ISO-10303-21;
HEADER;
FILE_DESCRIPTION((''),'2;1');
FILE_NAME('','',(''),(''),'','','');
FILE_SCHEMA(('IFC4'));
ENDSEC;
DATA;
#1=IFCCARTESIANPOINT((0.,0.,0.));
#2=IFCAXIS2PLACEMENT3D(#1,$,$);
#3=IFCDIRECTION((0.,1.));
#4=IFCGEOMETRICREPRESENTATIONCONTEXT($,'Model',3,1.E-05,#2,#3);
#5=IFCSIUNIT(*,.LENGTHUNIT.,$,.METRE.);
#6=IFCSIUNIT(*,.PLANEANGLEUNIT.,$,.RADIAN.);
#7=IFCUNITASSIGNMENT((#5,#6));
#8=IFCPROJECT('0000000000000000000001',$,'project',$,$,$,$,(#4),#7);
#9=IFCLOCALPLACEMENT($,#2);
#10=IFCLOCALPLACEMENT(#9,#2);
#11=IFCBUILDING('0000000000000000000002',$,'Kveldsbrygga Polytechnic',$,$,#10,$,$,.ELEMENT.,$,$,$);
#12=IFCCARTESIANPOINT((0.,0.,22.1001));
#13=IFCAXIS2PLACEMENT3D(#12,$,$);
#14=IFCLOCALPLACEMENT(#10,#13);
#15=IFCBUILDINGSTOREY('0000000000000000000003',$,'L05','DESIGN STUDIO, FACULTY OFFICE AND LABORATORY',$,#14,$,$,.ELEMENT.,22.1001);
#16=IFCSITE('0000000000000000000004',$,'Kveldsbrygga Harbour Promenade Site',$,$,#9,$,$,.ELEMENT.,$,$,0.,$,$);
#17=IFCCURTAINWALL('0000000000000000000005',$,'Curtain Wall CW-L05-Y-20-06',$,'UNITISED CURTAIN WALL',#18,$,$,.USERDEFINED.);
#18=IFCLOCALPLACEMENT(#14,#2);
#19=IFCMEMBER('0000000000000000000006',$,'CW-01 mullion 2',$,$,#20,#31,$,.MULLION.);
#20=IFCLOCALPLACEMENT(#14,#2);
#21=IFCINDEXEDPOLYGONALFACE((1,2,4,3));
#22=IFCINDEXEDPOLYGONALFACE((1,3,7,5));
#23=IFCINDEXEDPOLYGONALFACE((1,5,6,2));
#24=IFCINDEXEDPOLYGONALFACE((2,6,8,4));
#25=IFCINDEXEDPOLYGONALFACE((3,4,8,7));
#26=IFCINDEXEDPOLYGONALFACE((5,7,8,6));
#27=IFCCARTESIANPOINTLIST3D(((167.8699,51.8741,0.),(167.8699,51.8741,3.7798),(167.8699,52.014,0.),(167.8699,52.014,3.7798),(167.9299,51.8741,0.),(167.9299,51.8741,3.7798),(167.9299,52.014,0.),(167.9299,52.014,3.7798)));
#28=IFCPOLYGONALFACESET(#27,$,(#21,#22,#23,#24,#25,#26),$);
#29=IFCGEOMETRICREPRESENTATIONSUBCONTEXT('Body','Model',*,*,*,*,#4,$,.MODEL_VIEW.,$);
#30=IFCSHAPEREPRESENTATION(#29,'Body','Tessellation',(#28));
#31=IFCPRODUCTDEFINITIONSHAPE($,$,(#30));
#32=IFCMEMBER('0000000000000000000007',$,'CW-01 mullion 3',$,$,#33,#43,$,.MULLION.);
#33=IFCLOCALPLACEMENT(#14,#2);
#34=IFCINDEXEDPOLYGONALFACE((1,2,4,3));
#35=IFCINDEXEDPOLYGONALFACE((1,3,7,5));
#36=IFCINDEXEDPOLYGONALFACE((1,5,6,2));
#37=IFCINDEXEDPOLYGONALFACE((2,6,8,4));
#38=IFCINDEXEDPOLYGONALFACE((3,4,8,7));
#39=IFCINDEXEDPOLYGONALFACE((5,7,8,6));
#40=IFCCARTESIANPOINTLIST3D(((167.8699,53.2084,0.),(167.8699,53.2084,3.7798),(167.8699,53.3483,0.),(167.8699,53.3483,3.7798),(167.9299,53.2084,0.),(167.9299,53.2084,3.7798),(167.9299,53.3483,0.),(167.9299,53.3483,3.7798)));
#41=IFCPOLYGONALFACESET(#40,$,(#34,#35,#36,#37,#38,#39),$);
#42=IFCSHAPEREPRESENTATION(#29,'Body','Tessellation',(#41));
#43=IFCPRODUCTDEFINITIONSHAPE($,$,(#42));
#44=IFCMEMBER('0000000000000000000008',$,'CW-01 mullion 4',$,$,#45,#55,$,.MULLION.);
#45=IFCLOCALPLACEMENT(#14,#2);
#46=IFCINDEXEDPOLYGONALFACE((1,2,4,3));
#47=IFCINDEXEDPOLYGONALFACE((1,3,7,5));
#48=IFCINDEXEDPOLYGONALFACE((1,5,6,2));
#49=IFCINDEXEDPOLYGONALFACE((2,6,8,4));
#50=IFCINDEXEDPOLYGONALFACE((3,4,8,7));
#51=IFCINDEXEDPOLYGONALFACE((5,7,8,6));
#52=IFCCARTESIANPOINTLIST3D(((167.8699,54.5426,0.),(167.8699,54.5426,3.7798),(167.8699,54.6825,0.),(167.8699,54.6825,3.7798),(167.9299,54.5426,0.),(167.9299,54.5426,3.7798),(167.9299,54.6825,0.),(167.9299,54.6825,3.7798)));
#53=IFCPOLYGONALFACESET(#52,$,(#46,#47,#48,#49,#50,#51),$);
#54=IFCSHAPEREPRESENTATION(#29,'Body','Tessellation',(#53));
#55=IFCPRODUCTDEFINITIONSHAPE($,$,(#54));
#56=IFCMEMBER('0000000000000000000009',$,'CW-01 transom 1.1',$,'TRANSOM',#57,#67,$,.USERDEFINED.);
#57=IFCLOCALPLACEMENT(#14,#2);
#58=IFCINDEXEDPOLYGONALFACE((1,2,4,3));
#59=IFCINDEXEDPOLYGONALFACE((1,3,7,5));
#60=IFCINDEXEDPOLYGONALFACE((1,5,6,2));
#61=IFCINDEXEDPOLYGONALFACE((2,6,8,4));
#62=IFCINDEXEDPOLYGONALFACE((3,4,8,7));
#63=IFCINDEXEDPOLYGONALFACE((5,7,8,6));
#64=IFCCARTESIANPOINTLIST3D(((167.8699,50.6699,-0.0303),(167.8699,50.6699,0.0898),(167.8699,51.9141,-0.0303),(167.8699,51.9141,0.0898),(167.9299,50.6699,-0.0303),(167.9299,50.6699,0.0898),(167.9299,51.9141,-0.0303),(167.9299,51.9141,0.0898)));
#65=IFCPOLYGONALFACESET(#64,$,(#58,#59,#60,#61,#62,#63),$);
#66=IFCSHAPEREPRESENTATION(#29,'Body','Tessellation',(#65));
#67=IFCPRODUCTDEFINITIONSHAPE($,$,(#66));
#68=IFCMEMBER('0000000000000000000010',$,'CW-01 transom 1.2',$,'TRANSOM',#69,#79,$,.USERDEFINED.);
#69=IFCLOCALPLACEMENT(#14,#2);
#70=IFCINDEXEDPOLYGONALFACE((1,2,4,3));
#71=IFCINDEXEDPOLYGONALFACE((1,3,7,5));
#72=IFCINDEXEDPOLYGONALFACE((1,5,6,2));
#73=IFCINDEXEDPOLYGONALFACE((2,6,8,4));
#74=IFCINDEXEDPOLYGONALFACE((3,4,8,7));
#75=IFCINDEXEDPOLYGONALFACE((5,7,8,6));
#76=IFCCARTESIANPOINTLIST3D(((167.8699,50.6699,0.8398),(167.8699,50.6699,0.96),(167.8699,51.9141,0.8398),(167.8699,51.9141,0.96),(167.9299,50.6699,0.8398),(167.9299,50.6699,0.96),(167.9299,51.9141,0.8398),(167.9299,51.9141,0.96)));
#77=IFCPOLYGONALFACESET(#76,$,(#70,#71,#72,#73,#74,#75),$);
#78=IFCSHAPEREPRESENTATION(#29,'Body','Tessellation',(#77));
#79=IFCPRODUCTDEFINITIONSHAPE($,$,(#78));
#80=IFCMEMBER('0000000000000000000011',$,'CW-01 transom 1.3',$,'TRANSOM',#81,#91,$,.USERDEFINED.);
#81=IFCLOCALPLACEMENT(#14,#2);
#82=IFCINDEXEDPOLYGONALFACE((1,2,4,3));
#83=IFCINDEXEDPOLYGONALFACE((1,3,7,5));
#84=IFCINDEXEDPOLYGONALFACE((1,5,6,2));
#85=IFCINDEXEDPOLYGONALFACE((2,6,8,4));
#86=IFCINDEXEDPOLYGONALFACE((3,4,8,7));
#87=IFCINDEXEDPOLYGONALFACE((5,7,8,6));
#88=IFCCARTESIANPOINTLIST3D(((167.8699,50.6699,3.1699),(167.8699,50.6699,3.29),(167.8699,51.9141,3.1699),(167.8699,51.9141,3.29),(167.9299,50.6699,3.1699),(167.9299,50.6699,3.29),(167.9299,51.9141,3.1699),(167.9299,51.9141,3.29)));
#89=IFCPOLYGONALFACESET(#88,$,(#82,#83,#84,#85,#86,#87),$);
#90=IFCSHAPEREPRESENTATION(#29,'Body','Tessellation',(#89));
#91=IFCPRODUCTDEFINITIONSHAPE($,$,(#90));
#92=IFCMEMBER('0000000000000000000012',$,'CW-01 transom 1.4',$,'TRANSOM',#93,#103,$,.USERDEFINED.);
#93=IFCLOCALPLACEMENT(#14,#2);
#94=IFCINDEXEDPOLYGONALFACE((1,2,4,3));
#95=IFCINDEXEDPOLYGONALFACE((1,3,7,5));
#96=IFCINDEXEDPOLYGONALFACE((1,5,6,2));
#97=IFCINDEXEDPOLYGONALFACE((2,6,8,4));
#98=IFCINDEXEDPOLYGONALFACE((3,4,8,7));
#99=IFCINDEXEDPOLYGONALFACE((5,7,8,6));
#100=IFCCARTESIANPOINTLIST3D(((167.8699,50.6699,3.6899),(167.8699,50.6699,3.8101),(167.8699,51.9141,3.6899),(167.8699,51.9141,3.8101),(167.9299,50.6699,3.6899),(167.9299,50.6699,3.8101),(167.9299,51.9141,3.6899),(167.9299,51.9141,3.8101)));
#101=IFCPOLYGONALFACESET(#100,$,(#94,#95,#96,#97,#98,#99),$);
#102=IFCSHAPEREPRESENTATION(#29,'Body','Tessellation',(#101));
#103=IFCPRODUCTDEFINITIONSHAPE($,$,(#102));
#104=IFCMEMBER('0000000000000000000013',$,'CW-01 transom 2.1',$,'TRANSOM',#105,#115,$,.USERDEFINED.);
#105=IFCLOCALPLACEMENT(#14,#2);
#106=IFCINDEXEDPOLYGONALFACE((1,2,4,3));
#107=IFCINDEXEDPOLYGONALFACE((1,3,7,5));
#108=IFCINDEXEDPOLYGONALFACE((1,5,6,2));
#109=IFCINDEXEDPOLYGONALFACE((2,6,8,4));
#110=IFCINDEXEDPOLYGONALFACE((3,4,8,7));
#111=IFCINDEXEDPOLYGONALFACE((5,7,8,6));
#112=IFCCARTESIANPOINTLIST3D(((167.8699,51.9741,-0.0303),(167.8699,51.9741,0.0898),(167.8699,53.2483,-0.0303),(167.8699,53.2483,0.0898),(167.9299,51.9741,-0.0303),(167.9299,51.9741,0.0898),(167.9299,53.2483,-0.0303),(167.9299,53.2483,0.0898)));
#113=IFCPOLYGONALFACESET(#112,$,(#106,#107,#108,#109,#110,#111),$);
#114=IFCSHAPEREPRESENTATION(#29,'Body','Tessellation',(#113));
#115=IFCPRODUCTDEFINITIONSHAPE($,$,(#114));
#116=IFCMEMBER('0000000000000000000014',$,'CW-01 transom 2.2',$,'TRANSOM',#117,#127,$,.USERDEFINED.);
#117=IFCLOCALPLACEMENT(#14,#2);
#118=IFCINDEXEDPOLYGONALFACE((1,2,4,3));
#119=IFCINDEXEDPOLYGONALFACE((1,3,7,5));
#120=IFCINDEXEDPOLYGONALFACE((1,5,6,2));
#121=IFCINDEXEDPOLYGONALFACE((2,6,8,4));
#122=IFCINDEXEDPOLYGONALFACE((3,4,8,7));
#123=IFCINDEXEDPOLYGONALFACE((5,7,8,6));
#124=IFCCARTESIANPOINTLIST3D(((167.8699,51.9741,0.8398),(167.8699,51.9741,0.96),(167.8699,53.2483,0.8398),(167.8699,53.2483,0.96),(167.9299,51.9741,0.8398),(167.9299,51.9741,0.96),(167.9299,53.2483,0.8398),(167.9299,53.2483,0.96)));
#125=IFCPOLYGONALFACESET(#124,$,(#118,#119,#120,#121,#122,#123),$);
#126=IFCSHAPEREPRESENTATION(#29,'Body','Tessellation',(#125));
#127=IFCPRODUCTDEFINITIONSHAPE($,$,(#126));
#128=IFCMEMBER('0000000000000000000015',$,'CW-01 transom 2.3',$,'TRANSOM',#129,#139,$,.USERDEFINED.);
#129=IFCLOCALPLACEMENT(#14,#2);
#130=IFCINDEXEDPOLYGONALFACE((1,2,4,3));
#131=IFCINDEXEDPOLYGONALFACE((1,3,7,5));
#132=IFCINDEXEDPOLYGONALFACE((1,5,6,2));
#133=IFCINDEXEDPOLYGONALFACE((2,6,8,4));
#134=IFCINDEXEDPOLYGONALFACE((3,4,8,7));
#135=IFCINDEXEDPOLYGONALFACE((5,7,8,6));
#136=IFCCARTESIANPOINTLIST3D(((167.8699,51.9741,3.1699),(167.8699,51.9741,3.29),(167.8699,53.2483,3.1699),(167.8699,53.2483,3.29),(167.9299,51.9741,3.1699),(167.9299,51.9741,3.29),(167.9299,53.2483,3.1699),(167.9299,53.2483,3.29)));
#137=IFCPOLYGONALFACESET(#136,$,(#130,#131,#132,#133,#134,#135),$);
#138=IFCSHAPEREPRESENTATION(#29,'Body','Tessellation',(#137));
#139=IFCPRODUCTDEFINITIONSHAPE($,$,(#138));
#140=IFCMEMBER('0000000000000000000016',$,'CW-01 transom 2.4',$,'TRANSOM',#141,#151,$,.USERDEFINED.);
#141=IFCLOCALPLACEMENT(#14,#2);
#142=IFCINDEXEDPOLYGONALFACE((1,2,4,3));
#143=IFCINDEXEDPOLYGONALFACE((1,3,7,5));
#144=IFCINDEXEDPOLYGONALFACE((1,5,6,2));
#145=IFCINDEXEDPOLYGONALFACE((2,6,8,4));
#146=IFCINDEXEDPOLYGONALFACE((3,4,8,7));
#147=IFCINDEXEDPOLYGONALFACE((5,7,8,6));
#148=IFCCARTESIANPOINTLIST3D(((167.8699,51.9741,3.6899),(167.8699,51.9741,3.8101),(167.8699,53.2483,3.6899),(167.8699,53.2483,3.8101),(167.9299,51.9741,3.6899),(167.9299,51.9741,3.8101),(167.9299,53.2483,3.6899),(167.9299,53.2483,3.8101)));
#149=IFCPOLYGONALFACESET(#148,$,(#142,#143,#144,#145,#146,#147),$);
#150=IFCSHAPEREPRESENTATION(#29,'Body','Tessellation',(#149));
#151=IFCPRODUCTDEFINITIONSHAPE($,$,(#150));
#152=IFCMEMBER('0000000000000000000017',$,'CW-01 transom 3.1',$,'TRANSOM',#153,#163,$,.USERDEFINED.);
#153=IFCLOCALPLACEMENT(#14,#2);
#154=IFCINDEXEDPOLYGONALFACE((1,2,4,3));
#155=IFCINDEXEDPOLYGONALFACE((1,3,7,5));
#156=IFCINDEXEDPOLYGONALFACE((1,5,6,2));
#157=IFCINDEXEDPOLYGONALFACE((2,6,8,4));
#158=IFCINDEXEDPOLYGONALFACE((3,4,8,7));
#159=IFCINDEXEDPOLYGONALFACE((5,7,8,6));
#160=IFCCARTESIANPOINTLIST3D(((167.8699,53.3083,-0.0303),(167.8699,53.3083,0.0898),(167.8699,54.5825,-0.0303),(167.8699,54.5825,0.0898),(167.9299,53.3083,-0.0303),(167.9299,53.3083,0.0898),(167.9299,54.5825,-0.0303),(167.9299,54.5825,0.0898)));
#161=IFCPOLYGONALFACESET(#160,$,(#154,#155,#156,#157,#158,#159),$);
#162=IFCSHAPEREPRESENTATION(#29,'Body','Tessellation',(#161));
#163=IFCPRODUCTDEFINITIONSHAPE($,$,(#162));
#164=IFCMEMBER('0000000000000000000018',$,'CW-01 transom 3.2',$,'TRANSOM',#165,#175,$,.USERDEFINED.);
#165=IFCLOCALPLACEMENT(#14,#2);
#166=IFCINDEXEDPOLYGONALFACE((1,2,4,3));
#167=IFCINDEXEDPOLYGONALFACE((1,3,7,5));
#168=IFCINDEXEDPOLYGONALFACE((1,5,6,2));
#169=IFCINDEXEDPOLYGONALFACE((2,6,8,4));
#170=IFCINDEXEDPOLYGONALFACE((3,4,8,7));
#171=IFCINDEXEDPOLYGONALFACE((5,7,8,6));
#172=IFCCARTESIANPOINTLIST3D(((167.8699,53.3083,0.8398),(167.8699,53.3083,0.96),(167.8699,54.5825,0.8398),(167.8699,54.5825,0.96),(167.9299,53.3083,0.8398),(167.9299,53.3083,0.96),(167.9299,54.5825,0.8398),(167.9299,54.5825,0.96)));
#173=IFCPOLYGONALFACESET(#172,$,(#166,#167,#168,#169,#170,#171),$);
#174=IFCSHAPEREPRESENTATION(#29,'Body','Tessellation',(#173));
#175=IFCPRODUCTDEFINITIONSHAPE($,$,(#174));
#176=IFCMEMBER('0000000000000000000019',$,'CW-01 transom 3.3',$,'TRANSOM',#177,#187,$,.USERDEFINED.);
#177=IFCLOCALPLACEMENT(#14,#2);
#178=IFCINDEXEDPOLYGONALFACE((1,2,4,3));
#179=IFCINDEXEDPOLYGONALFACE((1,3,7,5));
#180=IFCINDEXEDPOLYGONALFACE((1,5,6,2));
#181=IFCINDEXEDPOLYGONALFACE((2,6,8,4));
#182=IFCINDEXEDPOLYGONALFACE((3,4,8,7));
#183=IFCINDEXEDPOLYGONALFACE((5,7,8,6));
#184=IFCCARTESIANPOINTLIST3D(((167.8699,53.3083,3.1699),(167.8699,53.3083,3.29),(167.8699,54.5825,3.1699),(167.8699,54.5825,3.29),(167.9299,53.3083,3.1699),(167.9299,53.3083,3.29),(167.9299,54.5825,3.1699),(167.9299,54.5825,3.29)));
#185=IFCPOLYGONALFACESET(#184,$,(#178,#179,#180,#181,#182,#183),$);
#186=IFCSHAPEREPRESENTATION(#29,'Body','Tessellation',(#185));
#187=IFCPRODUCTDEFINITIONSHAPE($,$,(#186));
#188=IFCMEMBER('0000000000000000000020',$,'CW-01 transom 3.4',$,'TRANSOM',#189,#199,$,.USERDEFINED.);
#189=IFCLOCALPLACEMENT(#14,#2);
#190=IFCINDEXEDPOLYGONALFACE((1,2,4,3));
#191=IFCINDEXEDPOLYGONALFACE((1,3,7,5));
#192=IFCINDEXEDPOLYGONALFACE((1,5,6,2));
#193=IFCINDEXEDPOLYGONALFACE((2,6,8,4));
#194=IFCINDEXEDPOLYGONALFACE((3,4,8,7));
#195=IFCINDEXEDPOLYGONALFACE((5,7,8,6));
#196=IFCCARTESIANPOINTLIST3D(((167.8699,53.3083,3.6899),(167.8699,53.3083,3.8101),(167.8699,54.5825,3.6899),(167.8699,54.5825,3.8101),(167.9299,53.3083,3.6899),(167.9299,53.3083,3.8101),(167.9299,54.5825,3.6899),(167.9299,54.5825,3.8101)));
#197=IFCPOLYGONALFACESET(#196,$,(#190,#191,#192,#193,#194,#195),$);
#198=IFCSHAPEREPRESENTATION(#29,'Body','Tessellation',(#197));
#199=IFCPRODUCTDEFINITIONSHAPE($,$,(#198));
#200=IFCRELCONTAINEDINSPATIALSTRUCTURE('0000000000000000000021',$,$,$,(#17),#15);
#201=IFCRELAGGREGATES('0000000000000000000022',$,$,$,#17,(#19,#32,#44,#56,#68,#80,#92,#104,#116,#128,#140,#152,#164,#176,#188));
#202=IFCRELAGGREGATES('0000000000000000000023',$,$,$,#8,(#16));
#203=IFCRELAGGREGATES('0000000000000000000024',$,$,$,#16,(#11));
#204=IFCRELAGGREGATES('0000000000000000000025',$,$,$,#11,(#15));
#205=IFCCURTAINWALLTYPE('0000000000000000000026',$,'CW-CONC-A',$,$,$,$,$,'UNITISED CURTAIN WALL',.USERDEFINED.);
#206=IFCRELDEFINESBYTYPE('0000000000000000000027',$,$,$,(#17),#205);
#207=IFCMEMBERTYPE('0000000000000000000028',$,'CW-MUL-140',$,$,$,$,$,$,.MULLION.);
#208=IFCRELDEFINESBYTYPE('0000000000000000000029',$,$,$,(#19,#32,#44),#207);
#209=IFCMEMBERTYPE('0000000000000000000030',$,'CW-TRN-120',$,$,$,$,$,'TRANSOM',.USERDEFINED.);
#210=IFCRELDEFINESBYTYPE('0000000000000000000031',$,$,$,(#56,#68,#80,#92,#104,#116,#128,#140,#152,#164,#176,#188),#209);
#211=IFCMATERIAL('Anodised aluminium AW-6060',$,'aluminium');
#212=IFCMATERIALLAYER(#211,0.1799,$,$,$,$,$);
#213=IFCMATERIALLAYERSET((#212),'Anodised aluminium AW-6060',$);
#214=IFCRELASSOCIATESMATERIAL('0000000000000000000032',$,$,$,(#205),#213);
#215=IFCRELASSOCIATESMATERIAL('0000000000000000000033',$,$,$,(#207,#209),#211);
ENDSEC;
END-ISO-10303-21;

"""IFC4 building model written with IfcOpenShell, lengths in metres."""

from ifc_helpers import new_model, si_unit, direction, frame, origin, origin_2d, place, context, subcontext, project, spatial, rectangle, extrude, material, layer, layer_set, material_profile, profile_set, type_object, element, aggregate, save


model = new_model("IFC4")

# Units and contexts
model_context = context("Model", 3, precision=1e-05, world=origin(), true_north=direction((0.0, 1.0)))
body_context = subcontext(model_context, "Body", "Model", "MODEL_VIEW")
ifc_project = project(units=[si_unit("LENGTHUNIT", "METRE"), si_unit("PLANEANGLEUNIT", "RADIAN")], contexts=[model_context])

# Site, building, storey
site_placement = place(None, origin())
site = spatial("IfcSite", under=ifc_project, at=site_placement, Name="Kveldsbrygga Harbour Promenade Site", CompositionType="ELEMENT", RefElevation=0.0)
building_placement = place(site_placement, origin())
building = spatial("IfcBuilding", under=site, at=building_placement, Name="Kveldsbrygga Polytechnic", CompositionType="ELEMENT")
storey_placement = place(building_placement, frame((0.0, 0.0, 22.1001)))
storey = spatial("IfcBuildingStorey", under=building, at=storey_placement, Name="L05", Description="DESIGN STUDIO, FACULTY OFFICE AND LABORATORY", CompositionType="ELEMENT", Elevation=22.1001)

# Curtain wall, members
ifc_material_1 = material(Name="Anodised aluminium AW-6060", Category="aluminium")
ifc_layer_1 = layer(ifc_material_1, 0.1799)
ifc_layer_set_1 = layer_set([ifc_layer_1], Name="Anodised aluminium AW-6060")
curtain_wall_type = type_object("IfcCurtainWallType", Name="CW-CONC-A", ElementType="UNITISED CURTAIN WALL", PredefinedType="USERDEFINED", material=ifc_layer_set_1)
curtain_wall_placement = place(storey_placement, origin())
curtain_wall = element("IfcCurtainWall", 1, at=curtain_wall_placement, inside=storey, type_object=curtain_wall_type, Name="Curtain Wall CW-L05-Y-20-06", ObjectType="UNITISED CURTAIN WALL", PredefinedType="USERDEFINED")
ifc_material_profile_1 = material_profile(ifc_material_1, rectangle(XDim=0.0601, YDim=0.1399, at=origin_2d()), Name="ALU 60x140")
ifc_profile_set_1 = profile_set([ifc_material_profile_1], Name="Anodised aluminium AW-6060")
member_type_1 = type_object("IfcMemberType", Name="CW-MUL-140", PredefinedType="MULLION", material=ifc_profile_set_1)
member_1_placement = place(storey_placement, frame((167.8999, 51.9441, 0.0), z_axis=(0.0, 0.0, 1.0), x_axis=(-1.0, 0.0, 0.0)))
member_1 = element("IfcMember", 2, at=member_1_placement, type_object=member_type_1, Name="CW-01 mullion 2", PredefinedType="MULLION", context=body_context, shape_type="SweptSolid", body=[
    extrude(rectangle(XDim=0.0601, YDim=0.1399, at=origin_2d()), origin(), (0.0, 0.0, 1.0), 3.7798),
])
member_2_placement = place(storey_placement, frame((167.8999, 53.2783, 0.0), z_axis=(0.0, 0.0, 1.0), x_axis=(-1.0, 0.0, 0.0)))
member_2 = element("IfcMember", 3, at=member_2_placement, type_object=member_type_1, Name="CW-01 mullion 3", PredefinedType="MULLION", context=body_context, shape_type="SweptSolid", body=[
    extrude(rectangle(XDim=0.0601, YDim=0.1399, at=origin_2d()), origin(), (0.0, 0.0, 1.0), 3.7798),
])
member_3_placement = place(storey_placement, frame((167.8999, 54.6125, 0.0), z_axis=(0.0, 0.0, 1.0), x_axis=(-1.0, 0.0, 0.0)))
member_3 = element("IfcMember", 4, at=member_3_placement, type_object=member_type_1, Name="CW-01 mullion 4", PredefinedType="MULLION", context=body_context, shape_type="SweptSolid", body=[
    extrude(rectangle(XDim=0.0601, YDim=0.1399, at=origin_2d()), origin(), (0.0, 0.0, 1.0), 3.7798),
])
ifc_material_profile_2 = material_profile(ifc_material_1, rectangle(XDim=0.0601, YDim=0.1201, at=origin_2d()), Name="ALU 60x120")
ifc_profile_set_2 = profile_set([ifc_material_profile_2], Name="Anodised aluminium AW-6060")
member_type_2 = type_object("IfcMemberType", Name="CW-TRN-120", ElementType="TRANSOM", PredefinedType="USERDEFINED", material=ifc_profile_set_2)
member_4_placement = place(storey_placement, frame((167.8999, 50.6699, 0.0298), z_axis=(0.0, 1.0, 0.0), x_axis=(-1.0, 0.0, 0.0)))
member_4 = element("IfcMember", 5, at=member_4_placement, type_object=member_type_2, Name="CW-01 transom 1.1", ObjectType="TRANSOM", PredefinedType="USERDEFINED", context=body_context, shape_type="SweptSolid", body=[
    extrude(rectangle(XDim=0.0601, YDim=0.1201, at=origin_2d()), origin(), (0.0, 0.0, 1.0), 1.2441),
])
member_5_placement = place(storey_placement, frame((167.8999, 50.6699, 0.8999), z_axis=(0.0, 1.0, 0.0), x_axis=(-1.0, 0.0, 0.0)))
member_5 = element("IfcMember", 6, at=member_5_placement, type_object=member_type_2, Name="CW-01 transom 1.2", ObjectType="TRANSOM", PredefinedType="USERDEFINED", context=body_context, shape_type="SweptSolid", body=[
    extrude(rectangle(XDim=0.0601, YDim=0.1201, at=origin_2d()), origin(), (0.0, 0.0, 1.0), 1.2441),
])
member_6_placement = place(storey_placement, frame((167.8999, 50.6699, 3.23), z_axis=(0.0, 1.0, 0.0), x_axis=(-1.0, 0.0, 0.0)))
member_6 = element("IfcMember", 7, at=member_6_placement, type_object=member_type_2, Name="CW-01 transom 1.3", ObjectType="TRANSOM", PredefinedType="USERDEFINED", context=body_context, shape_type="SweptSolid", body=[
    extrude(rectangle(XDim=0.0601, YDim=0.1201, at=origin_2d()), origin(), (0.0, 0.0, 1.0), 1.2441),
])
member_7_placement = place(storey_placement, frame((167.8999, 50.6699, 3.75), z_axis=(0.0, 1.0, 0.0), x_axis=(-1.0, 0.0, 0.0)))
member_7 = element("IfcMember", 8, at=member_7_placement, type_object=member_type_2, Name="CW-01 transom 1.4", ObjectType="TRANSOM", PredefinedType="USERDEFINED", context=body_context, shape_type="SweptSolid", body=[
    extrude(rectangle(XDim=0.0601, YDim=0.1201, at=origin_2d()), origin(), (0.0, 0.0, 1.0), 1.2441),
])
member_8_placement = place(storey_placement, frame((167.8999, 51.9741, 0.0298), z_axis=(0.0, 1.0, 0.0), x_axis=(-1.0, 0.0, 0.0)))
member_8 = element("IfcMember", 9, at=member_8_placement, type_object=member_type_2, Name="CW-01 transom 2.1", ObjectType="TRANSOM", PredefinedType="USERDEFINED", context=body_context, shape_type="SweptSolid", body=[
    extrude(rectangle(XDim=0.0601, YDim=0.1201, at=origin_2d()), origin(), (0.0, 0.0, 1.0), 1.2742),
])
member_9_placement = place(storey_placement, frame((167.8999, 51.9741, 0.8999), z_axis=(0.0, 1.0, 0.0), x_axis=(-1.0, 0.0, 0.0)))
member_9 = element("IfcMember", 10, at=member_9_placement, type_object=member_type_2, Name="CW-01 transom 2.2", ObjectType="TRANSOM", PredefinedType="USERDEFINED", context=body_context, shape_type="SweptSolid", body=[
    extrude(rectangle(XDim=0.0601, YDim=0.1201, at=origin_2d()), origin(), (0.0, 0.0, 1.0), 1.2742),
])
member_10_placement = place(storey_placement, frame((167.8999, 51.9741, 3.23), z_axis=(0.0, 1.0, 0.0), x_axis=(-1.0, 0.0, 0.0)))
member_10 = element("IfcMember", 11, at=member_10_placement, type_object=member_type_2, Name="CW-01 transom 2.3", ObjectType="TRANSOM", PredefinedType="USERDEFINED", context=body_context, shape_type="SweptSolid", body=[
    extrude(rectangle(XDim=0.0601, YDim=0.1201, at=origin_2d()), origin(), (0.0, 0.0, 1.0), 1.2742),
])
member_11_placement = place(storey_placement, frame((167.8999, 51.9741, 3.75), z_axis=(0.0, 1.0, 0.0), x_axis=(-1.0, 0.0, 0.0)))
member_11 = element("IfcMember", 12, at=member_11_placement, type_object=member_type_2, Name="CW-01 transom 2.4", ObjectType="TRANSOM", PredefinedType="USERDEFINED", context=body_context, shape_type="SweptSolid", body=[
    extrude(rectangle(XDim=0.0601, YDim=0.1201, at=origin_2d()), origin(), (0.0, 0.0, 1.0), 1.2742),
])
member_12_placement = place(storey_placement, frame((167.8999, 53.3083, 0.0298), z_axis=(0.0, 1.0, 0.0), x_axis=(-1.0, 0.0, 0.0)))
member_12 = element("IfcMember", 13, at=member_12_placement, type_object=member_type_2, Name="CW-01 transom 3.1", ObjectType="TRANSOM", PredefinedType="USERDEFINED", context=body_context, shape_type="SweptSolid", body=[
    extrude(rectangle(XDim=0.0601, YDim=0.1201, at=origin_2d()), origin(), (0.0, 0.0, 1.0), 1.2742),
])
member_13_placement = place(storey_placement, frame((167.8999, 53.3083, 0.8999), z_axis=(0.0, 1.0, 0.0), x_axis=(-1.0, 0.0, 0.0)))
member_13 = element("IfcMember", 14, at=member_13_placement, type_object=member_type_2, Name="CW-01 transom 3.2", ObjectType="TRANSOM", PredefinedType="USERDEFINED", context=body_context, shape_type="SweptSolid", body=[
    extrude(rectangle(XDim=0.0601, YDim=0.1201, at=origin_2d()), origin(), (0.0, 0.0, 1.0), 1.2742),
])
member_14_placement = place(storey_placement, frame((167.8999, 53.3083, 3.23), z_axis=(0.0, 1.0, 0.0), x_axis=(-1.0, 0.0, 0.0)))
member_14 = element("IfcMember", 15, at=member_14_placement, type_object=member_type_2, Name="CW-01 transom 3.3", ObjectType="TRANSOM", PredefinedType="USERDEFINED", context=body_context, shape_type="SweptSolid", body=[
    extrude(rectangle(XDim=0.0601, YDim=0.1201, at=origin_2d()), origin(), (0.0, 0.0, 1.0), 1.2742),
])
member_15_placement = place(storey_placement, frame((167.8999, 53.3083, 3.75), z_axis=(0.0, 1.0, 0.0), x_axis=(-1.0, 0.0, 0.0)))
member_15 = element("IfcMember", 16, at=member_15_placement, type_object=member_type_2, Name="CW-01 transom 3.4", ObjectType="TRANSOM", PredefinedType="USERDEFINED", context=body_context, shape_type="SweptSolid", body=[
    extrude(rectangle(XDim=0.0601, YDim=0.1201, at=origin_2d()), origin(), (0.0, 0.0, 1.0), 1.2742),
])
aggregate(curtain_wall, [member_1, member_2, member_3, member_4, member_5, member_6, member_7, member_8, member_9, member_10, member_11, member_12, member_13, member_14, member_15])

save(model, "model.ifc")
